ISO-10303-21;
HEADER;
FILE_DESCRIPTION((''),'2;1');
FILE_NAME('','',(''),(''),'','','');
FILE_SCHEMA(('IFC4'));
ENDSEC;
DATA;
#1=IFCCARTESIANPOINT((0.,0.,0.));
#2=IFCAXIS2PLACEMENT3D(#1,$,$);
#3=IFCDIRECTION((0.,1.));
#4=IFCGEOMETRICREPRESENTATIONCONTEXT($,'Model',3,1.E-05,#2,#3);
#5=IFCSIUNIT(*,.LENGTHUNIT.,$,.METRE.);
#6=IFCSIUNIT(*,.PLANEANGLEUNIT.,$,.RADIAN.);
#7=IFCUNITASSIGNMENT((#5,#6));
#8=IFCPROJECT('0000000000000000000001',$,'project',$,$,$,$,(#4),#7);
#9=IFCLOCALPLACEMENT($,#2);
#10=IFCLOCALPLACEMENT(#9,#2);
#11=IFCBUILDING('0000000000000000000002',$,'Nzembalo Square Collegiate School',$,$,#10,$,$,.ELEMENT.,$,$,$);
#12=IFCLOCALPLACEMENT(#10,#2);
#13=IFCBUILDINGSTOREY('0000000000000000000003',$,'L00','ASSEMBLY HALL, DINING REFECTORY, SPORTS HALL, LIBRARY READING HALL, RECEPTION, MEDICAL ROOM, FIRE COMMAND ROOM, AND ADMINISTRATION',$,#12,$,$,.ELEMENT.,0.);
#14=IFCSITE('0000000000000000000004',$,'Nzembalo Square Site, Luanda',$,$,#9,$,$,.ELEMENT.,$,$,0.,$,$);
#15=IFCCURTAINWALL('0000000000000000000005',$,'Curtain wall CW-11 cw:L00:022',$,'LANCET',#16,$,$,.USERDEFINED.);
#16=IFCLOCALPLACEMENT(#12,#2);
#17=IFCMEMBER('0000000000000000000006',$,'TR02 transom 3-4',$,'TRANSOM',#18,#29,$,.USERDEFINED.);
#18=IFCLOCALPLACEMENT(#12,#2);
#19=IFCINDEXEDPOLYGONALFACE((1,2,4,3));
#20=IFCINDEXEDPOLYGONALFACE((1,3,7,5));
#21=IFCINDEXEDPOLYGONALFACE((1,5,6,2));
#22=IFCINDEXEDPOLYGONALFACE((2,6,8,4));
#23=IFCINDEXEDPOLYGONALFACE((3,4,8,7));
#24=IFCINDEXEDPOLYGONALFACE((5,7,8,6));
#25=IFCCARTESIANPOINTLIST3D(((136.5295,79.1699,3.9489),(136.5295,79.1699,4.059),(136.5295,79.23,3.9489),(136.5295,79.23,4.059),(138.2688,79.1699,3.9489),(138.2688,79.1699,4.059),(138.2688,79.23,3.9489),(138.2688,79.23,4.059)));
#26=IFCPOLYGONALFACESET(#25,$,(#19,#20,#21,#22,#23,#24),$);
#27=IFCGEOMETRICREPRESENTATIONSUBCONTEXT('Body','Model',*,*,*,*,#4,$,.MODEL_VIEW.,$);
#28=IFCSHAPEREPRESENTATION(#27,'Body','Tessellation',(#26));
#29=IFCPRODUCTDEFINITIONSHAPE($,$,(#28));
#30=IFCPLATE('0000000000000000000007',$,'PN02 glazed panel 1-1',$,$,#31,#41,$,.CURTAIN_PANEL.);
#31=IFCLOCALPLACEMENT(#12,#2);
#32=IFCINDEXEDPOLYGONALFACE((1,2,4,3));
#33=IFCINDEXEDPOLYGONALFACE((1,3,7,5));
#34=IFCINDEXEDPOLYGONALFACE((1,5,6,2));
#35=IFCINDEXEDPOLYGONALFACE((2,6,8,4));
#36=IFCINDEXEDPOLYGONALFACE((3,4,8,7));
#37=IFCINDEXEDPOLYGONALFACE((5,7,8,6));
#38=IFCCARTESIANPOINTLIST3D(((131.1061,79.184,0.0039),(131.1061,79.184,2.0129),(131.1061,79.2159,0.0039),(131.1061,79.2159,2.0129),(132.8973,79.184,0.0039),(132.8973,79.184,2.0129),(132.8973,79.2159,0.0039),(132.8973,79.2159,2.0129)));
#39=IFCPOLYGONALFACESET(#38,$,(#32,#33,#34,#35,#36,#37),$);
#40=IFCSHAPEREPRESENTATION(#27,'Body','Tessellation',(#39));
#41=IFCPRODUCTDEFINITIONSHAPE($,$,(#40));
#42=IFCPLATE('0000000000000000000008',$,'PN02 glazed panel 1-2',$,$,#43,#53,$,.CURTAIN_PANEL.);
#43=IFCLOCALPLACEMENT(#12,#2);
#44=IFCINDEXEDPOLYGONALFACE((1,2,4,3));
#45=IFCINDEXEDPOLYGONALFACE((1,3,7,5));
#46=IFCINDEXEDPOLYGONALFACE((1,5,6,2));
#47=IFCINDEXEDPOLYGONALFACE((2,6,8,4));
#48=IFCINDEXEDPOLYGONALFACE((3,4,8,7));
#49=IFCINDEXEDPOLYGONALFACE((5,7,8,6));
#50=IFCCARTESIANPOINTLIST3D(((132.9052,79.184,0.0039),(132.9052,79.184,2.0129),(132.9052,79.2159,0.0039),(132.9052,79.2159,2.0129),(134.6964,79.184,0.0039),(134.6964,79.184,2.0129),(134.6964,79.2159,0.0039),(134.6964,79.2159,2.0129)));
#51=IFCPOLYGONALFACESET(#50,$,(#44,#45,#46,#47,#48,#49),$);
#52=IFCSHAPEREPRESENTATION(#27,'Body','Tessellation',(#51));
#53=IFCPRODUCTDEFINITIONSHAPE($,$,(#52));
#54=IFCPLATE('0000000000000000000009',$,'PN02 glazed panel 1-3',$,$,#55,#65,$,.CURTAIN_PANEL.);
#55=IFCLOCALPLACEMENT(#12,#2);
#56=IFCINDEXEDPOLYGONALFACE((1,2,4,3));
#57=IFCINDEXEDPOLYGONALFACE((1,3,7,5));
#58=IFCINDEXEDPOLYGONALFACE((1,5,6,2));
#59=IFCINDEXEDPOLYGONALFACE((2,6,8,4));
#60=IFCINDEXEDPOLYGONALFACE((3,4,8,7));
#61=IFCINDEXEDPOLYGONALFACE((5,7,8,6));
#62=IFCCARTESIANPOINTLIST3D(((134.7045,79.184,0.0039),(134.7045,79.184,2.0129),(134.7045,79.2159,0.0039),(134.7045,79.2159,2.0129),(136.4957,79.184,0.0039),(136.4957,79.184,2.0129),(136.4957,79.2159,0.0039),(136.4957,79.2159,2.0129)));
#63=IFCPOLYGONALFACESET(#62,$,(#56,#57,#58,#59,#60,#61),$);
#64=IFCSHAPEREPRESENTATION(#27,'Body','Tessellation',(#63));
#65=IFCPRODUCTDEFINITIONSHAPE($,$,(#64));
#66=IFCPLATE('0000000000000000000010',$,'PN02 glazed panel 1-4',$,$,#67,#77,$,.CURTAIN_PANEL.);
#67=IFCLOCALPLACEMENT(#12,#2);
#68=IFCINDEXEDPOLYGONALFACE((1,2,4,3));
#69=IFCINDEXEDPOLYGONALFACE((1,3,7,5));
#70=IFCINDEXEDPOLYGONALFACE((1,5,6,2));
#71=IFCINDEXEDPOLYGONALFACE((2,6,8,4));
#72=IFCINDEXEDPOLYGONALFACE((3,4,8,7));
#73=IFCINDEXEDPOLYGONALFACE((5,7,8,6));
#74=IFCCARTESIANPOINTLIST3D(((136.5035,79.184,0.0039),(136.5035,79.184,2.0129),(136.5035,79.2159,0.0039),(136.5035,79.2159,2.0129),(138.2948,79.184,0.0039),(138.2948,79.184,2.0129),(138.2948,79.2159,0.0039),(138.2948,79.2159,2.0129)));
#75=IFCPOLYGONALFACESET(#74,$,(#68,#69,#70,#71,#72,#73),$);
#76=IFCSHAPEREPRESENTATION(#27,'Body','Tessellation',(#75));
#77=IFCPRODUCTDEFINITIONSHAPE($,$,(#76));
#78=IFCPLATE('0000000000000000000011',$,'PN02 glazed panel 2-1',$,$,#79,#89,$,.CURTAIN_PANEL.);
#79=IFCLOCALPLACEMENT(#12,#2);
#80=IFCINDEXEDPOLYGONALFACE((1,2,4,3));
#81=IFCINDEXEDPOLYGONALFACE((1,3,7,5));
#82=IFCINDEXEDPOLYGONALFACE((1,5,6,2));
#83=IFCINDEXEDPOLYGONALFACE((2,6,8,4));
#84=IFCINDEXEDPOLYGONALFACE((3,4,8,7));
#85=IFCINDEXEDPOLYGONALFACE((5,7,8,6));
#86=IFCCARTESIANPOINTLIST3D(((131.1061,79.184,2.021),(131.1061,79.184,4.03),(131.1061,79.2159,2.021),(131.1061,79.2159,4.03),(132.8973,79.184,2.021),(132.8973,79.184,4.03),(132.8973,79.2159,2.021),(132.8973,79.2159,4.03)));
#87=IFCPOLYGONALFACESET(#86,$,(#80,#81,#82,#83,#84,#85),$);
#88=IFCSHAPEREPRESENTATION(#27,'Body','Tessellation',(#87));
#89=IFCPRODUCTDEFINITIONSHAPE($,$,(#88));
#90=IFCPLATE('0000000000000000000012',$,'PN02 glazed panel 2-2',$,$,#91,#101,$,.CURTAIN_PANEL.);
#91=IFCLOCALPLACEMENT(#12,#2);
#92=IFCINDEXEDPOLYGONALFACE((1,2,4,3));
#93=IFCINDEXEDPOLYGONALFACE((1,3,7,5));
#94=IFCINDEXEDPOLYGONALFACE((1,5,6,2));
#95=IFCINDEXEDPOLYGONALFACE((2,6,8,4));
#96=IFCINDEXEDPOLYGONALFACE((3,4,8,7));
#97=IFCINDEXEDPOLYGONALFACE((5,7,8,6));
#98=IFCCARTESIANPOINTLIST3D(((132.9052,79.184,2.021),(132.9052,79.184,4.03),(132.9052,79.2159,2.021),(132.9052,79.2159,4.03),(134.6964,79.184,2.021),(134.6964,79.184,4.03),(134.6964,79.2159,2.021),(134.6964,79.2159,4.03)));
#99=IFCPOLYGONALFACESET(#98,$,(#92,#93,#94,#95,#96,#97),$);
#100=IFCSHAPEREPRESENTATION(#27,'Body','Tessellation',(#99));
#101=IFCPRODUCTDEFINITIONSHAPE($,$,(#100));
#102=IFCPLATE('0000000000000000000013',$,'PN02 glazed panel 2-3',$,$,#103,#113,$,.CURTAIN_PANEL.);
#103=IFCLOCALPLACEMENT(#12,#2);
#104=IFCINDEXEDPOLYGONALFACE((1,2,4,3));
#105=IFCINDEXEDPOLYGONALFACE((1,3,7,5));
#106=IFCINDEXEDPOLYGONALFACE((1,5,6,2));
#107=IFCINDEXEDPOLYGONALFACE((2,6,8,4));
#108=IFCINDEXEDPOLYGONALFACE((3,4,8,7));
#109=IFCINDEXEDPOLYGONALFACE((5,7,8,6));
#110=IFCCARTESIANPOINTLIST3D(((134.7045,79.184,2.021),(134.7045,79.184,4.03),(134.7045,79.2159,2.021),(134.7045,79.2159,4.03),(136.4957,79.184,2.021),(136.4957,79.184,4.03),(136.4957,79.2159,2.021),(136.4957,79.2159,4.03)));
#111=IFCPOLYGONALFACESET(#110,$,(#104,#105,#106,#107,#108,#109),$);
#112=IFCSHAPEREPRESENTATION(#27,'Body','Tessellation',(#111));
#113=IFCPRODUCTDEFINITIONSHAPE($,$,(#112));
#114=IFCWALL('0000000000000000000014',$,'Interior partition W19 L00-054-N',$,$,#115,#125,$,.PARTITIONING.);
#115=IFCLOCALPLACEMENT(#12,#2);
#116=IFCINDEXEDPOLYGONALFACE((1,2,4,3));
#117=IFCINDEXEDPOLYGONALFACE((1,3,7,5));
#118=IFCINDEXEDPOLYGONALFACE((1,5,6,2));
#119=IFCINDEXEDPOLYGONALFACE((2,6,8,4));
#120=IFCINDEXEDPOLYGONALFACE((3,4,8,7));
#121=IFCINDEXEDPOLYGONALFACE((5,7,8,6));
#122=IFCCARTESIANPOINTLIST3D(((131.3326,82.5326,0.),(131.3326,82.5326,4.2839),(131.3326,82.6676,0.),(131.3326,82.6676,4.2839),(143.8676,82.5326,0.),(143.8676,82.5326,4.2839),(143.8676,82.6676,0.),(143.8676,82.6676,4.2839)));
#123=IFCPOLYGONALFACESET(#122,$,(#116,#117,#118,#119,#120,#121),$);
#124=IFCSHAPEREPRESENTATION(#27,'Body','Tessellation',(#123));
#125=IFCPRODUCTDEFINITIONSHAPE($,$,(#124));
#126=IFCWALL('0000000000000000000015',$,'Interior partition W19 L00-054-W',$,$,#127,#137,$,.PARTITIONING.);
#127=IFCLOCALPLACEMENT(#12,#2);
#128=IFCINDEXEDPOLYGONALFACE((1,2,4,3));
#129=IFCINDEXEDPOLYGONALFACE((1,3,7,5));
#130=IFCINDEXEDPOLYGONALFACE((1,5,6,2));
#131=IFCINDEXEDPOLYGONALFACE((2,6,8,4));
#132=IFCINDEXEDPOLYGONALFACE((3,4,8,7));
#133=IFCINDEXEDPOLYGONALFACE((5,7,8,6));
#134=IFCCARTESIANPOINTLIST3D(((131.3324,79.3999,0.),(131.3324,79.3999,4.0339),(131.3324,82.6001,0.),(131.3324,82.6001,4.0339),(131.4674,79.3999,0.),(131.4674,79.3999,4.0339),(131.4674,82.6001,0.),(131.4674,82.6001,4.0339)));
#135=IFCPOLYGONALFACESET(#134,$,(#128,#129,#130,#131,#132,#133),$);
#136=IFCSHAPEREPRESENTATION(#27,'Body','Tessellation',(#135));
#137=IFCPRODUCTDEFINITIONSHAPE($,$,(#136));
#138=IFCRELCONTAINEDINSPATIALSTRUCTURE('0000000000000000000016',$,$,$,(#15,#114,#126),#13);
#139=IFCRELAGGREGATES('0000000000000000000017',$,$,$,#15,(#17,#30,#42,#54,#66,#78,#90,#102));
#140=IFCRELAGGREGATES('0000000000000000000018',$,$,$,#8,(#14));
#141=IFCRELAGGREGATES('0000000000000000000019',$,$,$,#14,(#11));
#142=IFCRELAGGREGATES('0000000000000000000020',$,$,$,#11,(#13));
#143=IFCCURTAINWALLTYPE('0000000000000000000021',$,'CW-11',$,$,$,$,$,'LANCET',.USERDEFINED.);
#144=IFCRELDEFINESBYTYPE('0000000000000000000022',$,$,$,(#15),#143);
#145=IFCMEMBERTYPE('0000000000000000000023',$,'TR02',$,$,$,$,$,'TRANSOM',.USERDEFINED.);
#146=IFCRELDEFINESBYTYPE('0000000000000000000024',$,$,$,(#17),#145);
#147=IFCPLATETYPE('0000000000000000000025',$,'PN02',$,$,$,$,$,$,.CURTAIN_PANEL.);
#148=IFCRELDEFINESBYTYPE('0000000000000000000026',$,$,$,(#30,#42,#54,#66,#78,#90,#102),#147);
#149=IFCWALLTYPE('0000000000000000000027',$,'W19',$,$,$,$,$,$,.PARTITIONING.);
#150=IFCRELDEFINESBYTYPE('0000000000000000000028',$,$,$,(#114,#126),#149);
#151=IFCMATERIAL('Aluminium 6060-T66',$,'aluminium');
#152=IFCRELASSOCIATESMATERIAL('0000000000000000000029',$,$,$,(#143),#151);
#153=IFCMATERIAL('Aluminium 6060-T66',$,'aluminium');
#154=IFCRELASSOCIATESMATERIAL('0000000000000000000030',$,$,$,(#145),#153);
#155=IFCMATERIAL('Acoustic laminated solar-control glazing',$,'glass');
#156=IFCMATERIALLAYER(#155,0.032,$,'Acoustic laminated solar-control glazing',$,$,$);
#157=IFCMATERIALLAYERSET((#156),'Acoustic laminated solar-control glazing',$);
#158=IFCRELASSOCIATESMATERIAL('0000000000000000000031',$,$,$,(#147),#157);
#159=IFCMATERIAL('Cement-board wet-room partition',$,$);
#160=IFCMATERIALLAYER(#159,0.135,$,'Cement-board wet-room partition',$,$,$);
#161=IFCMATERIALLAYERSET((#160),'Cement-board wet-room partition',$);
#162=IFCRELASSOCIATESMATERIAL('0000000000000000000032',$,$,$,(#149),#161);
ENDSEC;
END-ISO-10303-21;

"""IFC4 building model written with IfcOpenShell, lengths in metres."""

from ifc_helpers import new_model, si_unit, direction, frame, frame_2d, origin, origin_2d, place, context, subcontext, project, spatial, rectangle, extrude, material, layer, layer_set, material_profile, profile_set, type_object, element, aggregate, save


model = new_model("IFC4")

# Units and contexts
model_context = context("Model", 3, precision=1e-05, world=origin(), true_north=direction((0.0, 1.0)))
body_context = subcontext(model_context, "Body", "Model", "MODEL_VIEW")
ifc_project = project(units=[si_unit("LENGTHUNIT", "METRE"), si_unit("PLANEANGLEUNIT", "RADIAN")], contexts=[model_context])

# Site, building, storey
site_placement = place(None, origin())
site = spatial("IfcSite", under=ifc_project, at=site_placement, Name="Nzembalo Square Site, Luanda", CompositionType="ELEMENT", RefElevation=0.0)
building_placement = place(site_placement, origin())
building = spatial("IfcBuilding", under=site, at=building_placement, Name="Nzembalo Square Collegiate School", CompositionType="ELEMENT")
storey_placement = place(building_placement, origin())
storey = spatial("IfcBuildingStorey", under=building, at=storey_placement, Name="L00", Description="ASSEMBLY HALL, DINING REFECTORY, SPORTS HALL, LIBRARY READING HALL, RECEPTION, MEDICAL ROOM, FIRE COMMAND ROOM, AND ADMINISTRATION", CompositionType="ELEMENT", Elevation=0.0)

# Curtain wall, member, plates
ifc_material_1 = material(Name="Aluminium 6060-T66", Category="aluminium")
curtain_wall_type = type_object("IfcCurtainWallType", Name="CW-11", ElementType="LANCET", PredefinedType="USERDEFINED", material=ifc_material_1)
curtain_wall_placement = place(storey_placement, origin())
curtain_wall = element("IfcCurtainWall", 1, at=curtain_wall_placement, inside=storey, type_object=curtain_wall_type, Name="Curtain wall CW-11 cw:L00:022", ObjectType="LANCET", PredefinedType="USERDEFINED")
ifc_material_2 = material(Name="Aluminium 6060-T66", Category="aluminium")
ifc_material_profile_1 = material_profile(ifc_material_2, rectangle(XDim=0.0601, YDim=0.1101, at=origin_2d()), Name="ALU T60x110")
ifc_profile_set_1 = profile_set([ifc_material_profile_1], Name="Aluminium 6060-T66")
member_type_1 = type_object("IfcMemberType", Name="TR02", ElementType="TRANSOM", PredefinedType="USERDEFINED", material=ifc_profile_set_1)
member_1_placement = place(storey_placement, frame((136.5295, 79.2, 4.0039), z_axis=(1.0, 0.0, 0.0), x_axis=(0.0, 1.0, 0.0)))
member_1 = element("IfcMember", 2, at=member_1_placement, type_object=member_type_1, Name="TR02 transom 3-4", ObjectType="TRANSOM", PredefinedType="USERDEFINED", context=body_context, shape_type="SweptSolid", body=[
    extrude(rectangle(XDim=0.0601, YDim=0.1101, at=origin_2d()), origin(), (0.0, 0.0, 1.0), 1.7393),
])
ifc_material_3 = material(Name="Acoustic laminated solar-control glazing", Category="glass")
ifc_layer_1 = layer(ifc_material_3, 0.032, Name="Acoustic laminated solar-control glazing")
ifc_layer_set_1 = layer_set([ifc_layer_1], Name="Acoustic laminated solar-control glazing")
plate_type = type_object("IfcPlateType", Name="PN02", PredefinedType="CURTAIN_PANEL", material=ifc_layer_set_1)
plate_1_placement = place(storey_placement, frame((132.0017, 79.2, 0.0039), z_axis=(0.0, 0.0, 1.0), x_axis=(1.0, 0.0, 0.0)))
plate_1 = element("IfcPlate", 3, at=plate_1_placement, type_object=plate_type, Name="PN02 glazed panel 1-1", PredefinedType="CURTAIN_PANEL", context=body_context, shape_type="SweptSolid", body=[
    extrude(rectangle(XDim=1.7913, YDim=0.032, at=origin_2d()), origin(), (0.0, 0.0, 1.0), 2.009),
])
plate_2_placement = place(storey_placement, frame((133.8008, 79.2, 0.0039), z_axis=(0.0, 0.0, 1.0), x_axis=(1.0, 0.0, 0.0)))
plate_2 = element("IfcPlate", 4, at=plate_2_placement, type_object=plate_type, Name="PN02 glazed panel 1-2", PredefinedType="CURTAIN_PANEL", context=body_context, shape_type="SweptSolid", body=[
    extrude(rectangle(XDim=1.7913, YDim=0.032, at=origin_2d()), origin(), (0.0, 0.0, 1.0), 2.009),
])
plate_3_placement = place(storey_placement, frame((135.6001, 79.2, 0.0039), z_axis=(0.0, 0.0, 1.0), x_axis=(1.0, 0.0, 0.0)))
plate_3 = element("IfcPlate", 5, at=plate_3_placement, type_object=plate_type, Name="PN02 glazed panel 1-3", PredefinedType="CURTAIN_PANEL", context=body_context, shape_type="SweptSolid", body=[
    extrude(rectangle(XDim=1.7913, YDim=0.032, at=origin_2d()), origin(), (0.0, 0.0, 1.0), 2.009),
])
plate_4_placement = place(storey_placement, frame((137.3992, 79.2, 0.0039), z_axis=(0.0, 0.0, 1.0), x_axis=(1.0, 0.0, 0.0)))
plate_4 = element("IfcPlate", 6, at=plate_4_placement, type_object=plate_type, Name="PN02 glazed panel 1-4", PredefinedType="CURTAIN_PANEL", context=body_context, shape_type="SweptSolid", body=[
    extrude(rectangle(XDim=1.7913, YDim=0.032, at=origin_2d()), origin(), (0.0, 0.0, 1.0), 2.009),
])
plate_5_placement = place(storey_placement, frame((132.0017, 79.2, 2.021), z_axis=(0.0, 0.0, 1.0), x_axis=(1.0, 0.0, 0.0)))
plate_5 = element("IfcPlate", 7, at=plate_5_placement, type_object=plate_type, Name="PN02 glazed panel 2-1", PredefinedType="CURTAIN_PANEL", context=body_context, shape_type="SweptSolid", body=[
    extrude(rectangle(XDim=1.7913, YDim=0.032, at=origin_2d()), origin(), (0.0, 0.0, 1.0), 2.009),
])
plate_6_placement = place(storey_placement, frame((133.8008, 79.2, 2.021), z_axis=(0.0, 0.0, 1.0), x_axis=(1.0, 0.0, 0.0)))
plate_6 = element("IfcPlate", 8, at=plate_6_placement, type_object=plate_type, Name="PN02 glazed panel 2-2", PredefinedType="CURTAIN_PANEL", context=body_context, shape_type="SweptSolid", body=[
    extrude(rectangle(XDim=1.7913, YDim=0.032, at=origin_2d()), origin(), (0.0, 0.0, 1.0), 2.009),
])
plate_7_placement = place(storey_placement, frame((135.6001, 79.2, 2.021), z_axis=(0.0, 0.0, 1.0), x_axis=(1.0, 0.0, 0.0)))
plate_7 = element("IfcPlate", 9, at=plate_7_placement, type_object=plate_type, Name="PN02 glazed panel 2-3", PredefinedType="CURTAIN_PANEL", context=body_context, shape_type="SweptSolid", body=[
    extrude(rectangle(XDim=1.7913, YDim=0.032, at=origin_2d()), origin(), (0.0, 0.0, 1.0), 2.009),
])
aggregate(curtain_wall, [member_1, plate_1, plate_2, plate_3, plate_4, plate_5, plate_6, plate_7])

# Walls
ifc_material_4 = material(Name="Cement-board wet-room partition")
ifc_layer_2 = layer(ifc_material_4, 0.135, Name="Cement-board wet-room partition")
ifc_layer_set_2 = layer_set([ifc_layer_2], Name="Cement-board wet-room partition")
wall_type = type_object("IfcWallType", Name="W19", PredefinedType="PARTITIONING", material=ifc_layer_set_2)
wall_1_placement = place(storey_placement, frame((131.3325, 82.6001, 0.0), z_axis=(0.0, 0.0, 1.0), x_axis=(1.0, 0.0, 0.0)))
element("IfcWall", 10, at=wall_1_placement, inside=storey, type_object=wall_type, Name="Interior partition W19 L00-054-N", PredefinedType="PARTITIONING", context=body_context, shape_type="SweptSolid", body=[
    extrude(rectangle(XDim=12.5349, YDim=0.135, at=frame_2d((6.2676, 0.0))), origin(), (0.0, 0.0, 1.0), 4.2839),
])
wall_2_placement = place(storey_placement, frame((131.3999, 79.3999, 0.0), z_axis=(0.0, 0.0, 1.0), x_axis=(0.0, 1.0, 0.0)))
element("IfcWall", 11, at=wall_2_placement, inside=storey, type_object=wall_type, Name="Interior partition W19 L00-054-W", PredefinedType="PARTITIONING", context=body_context, shape_type="SweptSolid", body=[
    extrude(rectangle(XDim=3.2002, YDim=0.135, at=frame_2d((1.6001, 0.0))), origin(), (0.0, 0.0, 1.0), 4.0339),
])

save(model, "model.ifc")
